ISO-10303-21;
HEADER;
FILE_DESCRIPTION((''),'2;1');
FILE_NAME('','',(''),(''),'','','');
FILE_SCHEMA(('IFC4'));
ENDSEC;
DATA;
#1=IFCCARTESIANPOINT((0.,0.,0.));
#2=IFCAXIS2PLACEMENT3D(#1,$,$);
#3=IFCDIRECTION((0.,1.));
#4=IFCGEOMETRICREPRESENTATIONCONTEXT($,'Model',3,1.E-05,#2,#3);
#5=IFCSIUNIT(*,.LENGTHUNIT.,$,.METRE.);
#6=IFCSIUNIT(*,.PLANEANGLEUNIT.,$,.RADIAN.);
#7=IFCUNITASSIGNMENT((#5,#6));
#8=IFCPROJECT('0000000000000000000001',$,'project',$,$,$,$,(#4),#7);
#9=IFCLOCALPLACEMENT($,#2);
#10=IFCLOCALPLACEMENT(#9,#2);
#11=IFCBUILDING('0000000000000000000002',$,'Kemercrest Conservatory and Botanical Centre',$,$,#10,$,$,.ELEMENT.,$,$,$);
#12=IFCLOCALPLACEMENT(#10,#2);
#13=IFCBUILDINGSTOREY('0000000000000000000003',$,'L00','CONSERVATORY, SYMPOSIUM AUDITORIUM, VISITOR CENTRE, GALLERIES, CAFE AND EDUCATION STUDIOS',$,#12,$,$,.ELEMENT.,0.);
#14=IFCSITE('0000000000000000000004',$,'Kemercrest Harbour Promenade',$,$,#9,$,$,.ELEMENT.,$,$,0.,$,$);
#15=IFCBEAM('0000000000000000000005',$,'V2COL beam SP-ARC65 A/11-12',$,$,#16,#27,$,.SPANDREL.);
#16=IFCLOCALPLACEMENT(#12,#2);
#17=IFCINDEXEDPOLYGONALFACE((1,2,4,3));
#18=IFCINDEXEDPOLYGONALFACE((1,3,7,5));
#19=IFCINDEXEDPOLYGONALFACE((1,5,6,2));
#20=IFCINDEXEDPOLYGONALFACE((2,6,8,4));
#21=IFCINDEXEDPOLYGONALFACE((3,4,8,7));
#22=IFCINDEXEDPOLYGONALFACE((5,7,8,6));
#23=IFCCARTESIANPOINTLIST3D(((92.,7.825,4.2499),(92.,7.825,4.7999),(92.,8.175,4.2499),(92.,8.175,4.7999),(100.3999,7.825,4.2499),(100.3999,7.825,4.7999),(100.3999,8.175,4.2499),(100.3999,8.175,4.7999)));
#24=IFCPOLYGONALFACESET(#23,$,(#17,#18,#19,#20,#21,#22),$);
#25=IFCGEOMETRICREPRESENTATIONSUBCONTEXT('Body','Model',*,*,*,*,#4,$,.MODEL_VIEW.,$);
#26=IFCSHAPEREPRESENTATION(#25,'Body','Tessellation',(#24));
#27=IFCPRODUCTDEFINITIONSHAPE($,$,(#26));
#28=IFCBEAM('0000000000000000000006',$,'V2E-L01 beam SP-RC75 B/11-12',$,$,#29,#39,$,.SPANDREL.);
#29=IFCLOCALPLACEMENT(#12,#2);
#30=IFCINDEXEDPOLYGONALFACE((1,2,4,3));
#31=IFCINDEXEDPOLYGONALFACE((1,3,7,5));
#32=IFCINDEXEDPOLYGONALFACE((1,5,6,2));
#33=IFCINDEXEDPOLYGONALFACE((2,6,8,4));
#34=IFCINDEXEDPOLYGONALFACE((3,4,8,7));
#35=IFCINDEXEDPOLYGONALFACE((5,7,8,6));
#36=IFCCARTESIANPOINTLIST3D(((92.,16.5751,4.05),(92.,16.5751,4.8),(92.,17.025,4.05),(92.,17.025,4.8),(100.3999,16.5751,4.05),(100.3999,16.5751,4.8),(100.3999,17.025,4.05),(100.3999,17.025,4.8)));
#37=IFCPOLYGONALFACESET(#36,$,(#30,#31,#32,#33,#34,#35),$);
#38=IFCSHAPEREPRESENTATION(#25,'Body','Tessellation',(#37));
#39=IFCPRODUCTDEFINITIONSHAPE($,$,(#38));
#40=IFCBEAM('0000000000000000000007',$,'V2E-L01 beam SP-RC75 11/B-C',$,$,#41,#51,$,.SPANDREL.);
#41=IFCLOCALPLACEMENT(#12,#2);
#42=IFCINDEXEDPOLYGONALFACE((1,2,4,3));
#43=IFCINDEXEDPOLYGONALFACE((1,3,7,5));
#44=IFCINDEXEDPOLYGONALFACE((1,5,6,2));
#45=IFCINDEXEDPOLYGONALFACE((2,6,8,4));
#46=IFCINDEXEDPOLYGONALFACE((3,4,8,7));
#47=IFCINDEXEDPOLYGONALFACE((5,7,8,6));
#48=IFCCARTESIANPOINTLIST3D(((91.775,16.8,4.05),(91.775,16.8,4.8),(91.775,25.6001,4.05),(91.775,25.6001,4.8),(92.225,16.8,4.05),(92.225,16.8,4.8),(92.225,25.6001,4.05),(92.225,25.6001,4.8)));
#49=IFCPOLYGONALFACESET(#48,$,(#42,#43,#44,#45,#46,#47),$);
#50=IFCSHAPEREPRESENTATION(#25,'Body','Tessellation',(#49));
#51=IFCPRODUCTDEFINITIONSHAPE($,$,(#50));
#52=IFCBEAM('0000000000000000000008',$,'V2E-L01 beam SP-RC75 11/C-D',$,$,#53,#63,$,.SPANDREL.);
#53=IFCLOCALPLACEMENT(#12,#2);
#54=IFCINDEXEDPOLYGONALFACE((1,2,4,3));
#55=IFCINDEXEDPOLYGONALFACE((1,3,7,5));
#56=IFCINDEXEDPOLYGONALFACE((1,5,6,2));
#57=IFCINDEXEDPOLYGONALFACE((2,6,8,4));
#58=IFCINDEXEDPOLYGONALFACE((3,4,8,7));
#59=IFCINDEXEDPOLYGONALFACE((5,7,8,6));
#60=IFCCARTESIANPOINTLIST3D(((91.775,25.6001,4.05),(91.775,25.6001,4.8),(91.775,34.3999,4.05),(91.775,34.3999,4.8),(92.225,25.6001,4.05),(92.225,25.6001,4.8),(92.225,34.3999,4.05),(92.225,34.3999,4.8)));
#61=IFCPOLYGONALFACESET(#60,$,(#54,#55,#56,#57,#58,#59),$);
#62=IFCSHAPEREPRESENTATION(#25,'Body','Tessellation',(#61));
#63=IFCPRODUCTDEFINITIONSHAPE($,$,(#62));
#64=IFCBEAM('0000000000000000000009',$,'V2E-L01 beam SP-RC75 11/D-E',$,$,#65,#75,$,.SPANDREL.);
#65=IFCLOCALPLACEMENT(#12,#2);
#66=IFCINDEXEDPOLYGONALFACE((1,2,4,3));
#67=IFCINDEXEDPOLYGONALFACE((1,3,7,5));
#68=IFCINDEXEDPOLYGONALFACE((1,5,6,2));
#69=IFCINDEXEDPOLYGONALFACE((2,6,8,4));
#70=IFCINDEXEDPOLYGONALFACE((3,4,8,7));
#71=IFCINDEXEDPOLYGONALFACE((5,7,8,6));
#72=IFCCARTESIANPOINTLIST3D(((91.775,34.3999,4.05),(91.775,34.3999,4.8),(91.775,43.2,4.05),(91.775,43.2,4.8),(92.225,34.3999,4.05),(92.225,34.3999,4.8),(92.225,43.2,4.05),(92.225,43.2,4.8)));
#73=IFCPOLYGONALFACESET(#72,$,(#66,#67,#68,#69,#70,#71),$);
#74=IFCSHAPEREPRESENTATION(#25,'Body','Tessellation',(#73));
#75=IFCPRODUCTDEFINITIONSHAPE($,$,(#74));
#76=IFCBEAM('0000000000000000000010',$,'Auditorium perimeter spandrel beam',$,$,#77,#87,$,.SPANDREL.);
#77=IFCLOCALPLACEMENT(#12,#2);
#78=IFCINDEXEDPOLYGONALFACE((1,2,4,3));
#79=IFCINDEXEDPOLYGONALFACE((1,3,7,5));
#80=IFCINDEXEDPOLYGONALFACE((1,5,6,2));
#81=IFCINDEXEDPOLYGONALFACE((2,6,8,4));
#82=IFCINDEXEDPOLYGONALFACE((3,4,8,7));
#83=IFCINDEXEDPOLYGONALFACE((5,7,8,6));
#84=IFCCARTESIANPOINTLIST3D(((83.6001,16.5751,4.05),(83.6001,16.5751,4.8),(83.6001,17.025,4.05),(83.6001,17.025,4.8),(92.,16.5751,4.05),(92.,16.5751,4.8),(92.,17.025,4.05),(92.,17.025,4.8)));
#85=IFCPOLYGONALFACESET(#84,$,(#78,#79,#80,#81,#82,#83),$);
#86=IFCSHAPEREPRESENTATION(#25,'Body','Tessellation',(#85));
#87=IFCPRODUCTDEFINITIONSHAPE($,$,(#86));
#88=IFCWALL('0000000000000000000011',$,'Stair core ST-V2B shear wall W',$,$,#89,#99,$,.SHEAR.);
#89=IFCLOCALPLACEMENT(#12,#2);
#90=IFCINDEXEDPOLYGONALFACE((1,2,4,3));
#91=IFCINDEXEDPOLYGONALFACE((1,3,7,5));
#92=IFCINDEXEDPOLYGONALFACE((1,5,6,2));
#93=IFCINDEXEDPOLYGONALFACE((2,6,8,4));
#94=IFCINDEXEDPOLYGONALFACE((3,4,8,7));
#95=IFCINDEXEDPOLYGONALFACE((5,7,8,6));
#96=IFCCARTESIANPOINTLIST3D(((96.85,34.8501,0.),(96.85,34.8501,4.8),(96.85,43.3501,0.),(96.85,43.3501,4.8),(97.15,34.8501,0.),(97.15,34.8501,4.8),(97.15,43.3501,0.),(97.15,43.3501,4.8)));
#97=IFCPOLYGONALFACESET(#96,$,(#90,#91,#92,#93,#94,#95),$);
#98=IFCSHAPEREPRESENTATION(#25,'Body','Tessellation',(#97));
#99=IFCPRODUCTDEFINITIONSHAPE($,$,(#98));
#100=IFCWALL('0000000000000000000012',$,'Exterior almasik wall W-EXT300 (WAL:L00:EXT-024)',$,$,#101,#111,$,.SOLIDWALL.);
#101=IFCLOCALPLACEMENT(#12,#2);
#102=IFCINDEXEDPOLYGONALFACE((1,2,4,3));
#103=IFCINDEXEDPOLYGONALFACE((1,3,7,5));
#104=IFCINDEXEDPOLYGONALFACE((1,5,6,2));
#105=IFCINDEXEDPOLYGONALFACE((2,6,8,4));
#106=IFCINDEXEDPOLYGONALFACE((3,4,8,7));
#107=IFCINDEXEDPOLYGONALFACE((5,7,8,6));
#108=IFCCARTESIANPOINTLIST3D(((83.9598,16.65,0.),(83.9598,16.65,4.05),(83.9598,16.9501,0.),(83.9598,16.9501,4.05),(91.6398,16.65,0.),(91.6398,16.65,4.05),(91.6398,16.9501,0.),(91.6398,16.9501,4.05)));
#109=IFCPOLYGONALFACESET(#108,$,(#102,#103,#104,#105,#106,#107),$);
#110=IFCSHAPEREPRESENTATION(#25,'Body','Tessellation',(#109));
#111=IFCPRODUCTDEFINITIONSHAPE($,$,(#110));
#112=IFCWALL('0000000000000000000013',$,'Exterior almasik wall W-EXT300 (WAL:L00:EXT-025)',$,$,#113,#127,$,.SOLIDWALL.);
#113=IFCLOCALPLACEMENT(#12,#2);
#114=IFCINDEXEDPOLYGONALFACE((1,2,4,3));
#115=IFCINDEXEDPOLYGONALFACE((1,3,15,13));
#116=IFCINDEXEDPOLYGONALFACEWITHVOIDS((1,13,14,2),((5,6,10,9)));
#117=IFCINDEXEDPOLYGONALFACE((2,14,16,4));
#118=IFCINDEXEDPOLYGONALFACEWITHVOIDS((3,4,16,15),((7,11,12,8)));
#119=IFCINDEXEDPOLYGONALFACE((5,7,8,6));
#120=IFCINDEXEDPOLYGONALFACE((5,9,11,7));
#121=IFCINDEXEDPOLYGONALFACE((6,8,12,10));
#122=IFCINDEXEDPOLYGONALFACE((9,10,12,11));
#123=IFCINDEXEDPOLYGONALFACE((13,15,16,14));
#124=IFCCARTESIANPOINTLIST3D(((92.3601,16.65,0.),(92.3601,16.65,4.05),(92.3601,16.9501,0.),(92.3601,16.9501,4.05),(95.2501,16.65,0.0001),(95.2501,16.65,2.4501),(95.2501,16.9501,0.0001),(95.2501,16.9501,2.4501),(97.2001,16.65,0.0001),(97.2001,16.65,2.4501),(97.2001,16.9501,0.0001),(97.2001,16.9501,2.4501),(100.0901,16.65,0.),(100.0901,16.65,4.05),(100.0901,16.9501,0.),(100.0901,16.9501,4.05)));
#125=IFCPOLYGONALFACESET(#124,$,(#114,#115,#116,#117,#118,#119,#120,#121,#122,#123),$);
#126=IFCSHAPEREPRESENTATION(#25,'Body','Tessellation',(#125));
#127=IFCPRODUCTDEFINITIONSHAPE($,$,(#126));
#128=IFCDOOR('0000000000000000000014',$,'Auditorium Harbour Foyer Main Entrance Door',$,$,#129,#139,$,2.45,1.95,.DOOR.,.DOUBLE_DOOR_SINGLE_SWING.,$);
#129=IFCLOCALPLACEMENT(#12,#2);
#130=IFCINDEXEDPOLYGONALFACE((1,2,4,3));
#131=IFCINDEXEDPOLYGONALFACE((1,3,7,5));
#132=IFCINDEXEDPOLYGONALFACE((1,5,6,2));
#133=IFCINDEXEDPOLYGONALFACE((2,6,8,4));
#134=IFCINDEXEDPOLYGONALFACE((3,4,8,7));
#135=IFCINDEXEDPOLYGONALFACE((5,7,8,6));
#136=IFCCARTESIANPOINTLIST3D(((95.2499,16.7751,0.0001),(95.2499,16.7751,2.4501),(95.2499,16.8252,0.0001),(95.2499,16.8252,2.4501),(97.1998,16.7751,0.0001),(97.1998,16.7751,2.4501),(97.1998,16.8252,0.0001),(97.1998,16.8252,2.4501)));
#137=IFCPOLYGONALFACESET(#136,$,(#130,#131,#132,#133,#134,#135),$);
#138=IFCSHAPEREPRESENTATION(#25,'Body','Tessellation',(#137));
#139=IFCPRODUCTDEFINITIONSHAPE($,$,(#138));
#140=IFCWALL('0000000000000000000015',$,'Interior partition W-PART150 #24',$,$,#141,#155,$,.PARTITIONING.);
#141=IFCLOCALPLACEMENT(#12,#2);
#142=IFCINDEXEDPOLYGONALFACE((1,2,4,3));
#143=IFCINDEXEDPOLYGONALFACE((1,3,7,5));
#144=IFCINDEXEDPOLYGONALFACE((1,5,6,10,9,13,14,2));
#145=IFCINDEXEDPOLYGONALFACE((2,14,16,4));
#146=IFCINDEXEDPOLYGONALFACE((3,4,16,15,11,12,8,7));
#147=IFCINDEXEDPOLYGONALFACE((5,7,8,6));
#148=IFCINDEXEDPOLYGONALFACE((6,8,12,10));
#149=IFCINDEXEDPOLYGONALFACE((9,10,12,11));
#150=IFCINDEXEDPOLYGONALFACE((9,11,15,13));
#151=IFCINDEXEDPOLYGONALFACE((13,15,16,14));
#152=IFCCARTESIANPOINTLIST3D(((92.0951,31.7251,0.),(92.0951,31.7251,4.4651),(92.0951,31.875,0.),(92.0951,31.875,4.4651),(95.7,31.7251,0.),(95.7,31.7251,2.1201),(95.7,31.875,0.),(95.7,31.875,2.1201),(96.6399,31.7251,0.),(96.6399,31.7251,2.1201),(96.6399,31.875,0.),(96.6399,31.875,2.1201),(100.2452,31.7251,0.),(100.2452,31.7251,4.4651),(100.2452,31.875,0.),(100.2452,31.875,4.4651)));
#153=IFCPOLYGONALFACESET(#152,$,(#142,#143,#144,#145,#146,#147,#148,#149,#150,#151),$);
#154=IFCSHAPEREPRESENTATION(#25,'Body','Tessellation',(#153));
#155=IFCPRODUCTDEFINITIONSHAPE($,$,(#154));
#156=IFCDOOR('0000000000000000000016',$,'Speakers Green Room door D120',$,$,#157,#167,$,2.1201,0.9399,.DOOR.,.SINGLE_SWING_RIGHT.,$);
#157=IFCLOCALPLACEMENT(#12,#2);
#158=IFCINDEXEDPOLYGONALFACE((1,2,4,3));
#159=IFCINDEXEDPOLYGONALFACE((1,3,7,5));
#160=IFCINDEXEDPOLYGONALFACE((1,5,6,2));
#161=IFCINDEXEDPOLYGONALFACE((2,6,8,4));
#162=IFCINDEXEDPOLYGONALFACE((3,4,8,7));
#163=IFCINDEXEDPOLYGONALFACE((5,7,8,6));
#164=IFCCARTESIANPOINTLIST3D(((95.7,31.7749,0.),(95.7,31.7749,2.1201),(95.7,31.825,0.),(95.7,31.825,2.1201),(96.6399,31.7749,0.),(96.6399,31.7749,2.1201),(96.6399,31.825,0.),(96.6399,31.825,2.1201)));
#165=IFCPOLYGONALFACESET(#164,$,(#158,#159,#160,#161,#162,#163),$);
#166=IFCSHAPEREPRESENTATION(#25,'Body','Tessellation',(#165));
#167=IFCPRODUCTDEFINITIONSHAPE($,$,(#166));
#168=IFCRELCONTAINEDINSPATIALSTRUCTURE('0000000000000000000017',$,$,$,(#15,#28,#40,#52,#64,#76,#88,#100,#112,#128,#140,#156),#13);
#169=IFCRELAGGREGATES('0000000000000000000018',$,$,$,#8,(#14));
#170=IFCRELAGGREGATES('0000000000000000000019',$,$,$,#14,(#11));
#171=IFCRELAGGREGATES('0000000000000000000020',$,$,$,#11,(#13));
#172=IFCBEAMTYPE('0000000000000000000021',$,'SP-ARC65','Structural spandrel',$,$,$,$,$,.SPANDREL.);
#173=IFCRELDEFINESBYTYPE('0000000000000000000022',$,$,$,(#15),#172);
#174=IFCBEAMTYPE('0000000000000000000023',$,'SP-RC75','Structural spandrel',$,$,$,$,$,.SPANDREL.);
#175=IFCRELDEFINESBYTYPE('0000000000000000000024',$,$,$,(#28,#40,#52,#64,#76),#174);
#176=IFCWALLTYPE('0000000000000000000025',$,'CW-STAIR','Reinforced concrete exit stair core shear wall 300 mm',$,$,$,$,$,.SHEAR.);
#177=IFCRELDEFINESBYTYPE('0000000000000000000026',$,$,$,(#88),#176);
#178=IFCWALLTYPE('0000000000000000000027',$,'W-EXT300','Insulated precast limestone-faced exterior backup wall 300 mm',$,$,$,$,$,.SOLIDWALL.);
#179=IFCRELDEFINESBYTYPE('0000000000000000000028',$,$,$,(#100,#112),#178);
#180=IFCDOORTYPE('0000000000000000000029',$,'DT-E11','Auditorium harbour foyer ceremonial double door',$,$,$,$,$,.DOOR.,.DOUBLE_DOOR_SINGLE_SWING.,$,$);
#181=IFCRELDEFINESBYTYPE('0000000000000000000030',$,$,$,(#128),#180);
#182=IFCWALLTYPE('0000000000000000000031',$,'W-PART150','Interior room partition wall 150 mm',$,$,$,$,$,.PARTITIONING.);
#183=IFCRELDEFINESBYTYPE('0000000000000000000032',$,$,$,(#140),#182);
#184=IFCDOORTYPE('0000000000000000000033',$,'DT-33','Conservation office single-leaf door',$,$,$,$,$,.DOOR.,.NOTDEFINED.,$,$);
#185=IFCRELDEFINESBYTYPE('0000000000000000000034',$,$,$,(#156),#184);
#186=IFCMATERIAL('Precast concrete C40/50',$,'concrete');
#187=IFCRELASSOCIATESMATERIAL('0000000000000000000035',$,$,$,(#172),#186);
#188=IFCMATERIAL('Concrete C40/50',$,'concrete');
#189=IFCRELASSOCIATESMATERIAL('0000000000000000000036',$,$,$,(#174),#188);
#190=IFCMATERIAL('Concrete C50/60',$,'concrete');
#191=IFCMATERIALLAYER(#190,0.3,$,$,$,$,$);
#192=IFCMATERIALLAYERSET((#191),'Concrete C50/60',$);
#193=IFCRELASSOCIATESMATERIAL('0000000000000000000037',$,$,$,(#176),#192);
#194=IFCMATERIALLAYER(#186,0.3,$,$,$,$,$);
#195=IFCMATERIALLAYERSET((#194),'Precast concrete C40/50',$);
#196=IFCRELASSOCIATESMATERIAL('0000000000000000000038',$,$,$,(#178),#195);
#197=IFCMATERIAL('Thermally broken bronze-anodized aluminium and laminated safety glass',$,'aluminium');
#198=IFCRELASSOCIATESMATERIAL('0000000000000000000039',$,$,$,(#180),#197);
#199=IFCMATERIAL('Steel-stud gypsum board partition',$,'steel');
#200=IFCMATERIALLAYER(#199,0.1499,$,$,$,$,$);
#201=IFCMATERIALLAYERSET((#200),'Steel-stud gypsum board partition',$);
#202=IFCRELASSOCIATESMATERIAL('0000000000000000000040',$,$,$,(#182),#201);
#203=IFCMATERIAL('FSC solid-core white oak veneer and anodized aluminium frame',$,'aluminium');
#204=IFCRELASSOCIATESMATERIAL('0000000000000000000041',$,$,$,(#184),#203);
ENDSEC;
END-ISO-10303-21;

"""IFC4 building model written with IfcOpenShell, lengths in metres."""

from ifc_helpers import new_model, si_unit, direction, frame, frame_2d, origin, origin_2d, place, context, subcontext, project, spatial, rectangle, extrude, material, layer, layer_set, material_profile, profile_set, type_object, element, fill, save


model = new_model("IFC4")

# Units and contexts
model_context = context("Model", 3, precision=1e-05, world=origin(), true_north=direction((0.0, 1.0)))
body_context = subcontext(model_context, "Body", "Model", "MODEL_VIEW")
ifc_project = project(units=[si_unit("LENGTHUNIT", "METRE"), si_unit("PLANEANGLEUNIT", "RADIAN")], contexts=[model_context])

# Site, building, storey
site_placement = place(None, origin())
site = spatial("IfcSite", under=ifc_project, at=site_placement, Name="Kemercrest Harbour Promenade", CompositionType="ELEMENT", RefElevation=0.0)
building_placement = place(site_placement, origin())
building = spatial("IfcBuilding", under=site, at=building_placement, Name="Kemercrest Conservatory and Botanical Centre", CompositionType="ELEMENT")
storey_placement = place(building_placement, origin())
storey = spatial("IfcBuildingStorey", under=building, at=storey_placement, Name="L00", Description="CONSERVATORY, SYMPOSIUM AUDITORIUM, VISITOR CENTRE, GALLERIES, CAFE AND EDUCATION STUDIOS", CompositionType="ELEMENT", Elevation=0.0)

# Shared definitions
ifc_material_1 = material(Name="Concrete C40/50", Category="concrete")
ifc_material_2 = material(Name="Concrete C50/60", Category="concrete")
ifc_material_3 = material(Name="Precast concrete C40/50", Category="concrete")

# Beams
ifc_material_profile_1 = material_profile(ifc_material_3, rectangle(XDim=0.3501, YDim=0.55, at=origin_2d()), Name="RC 350x550")
ifc_profile_set_1 = profile_set([ifc_material_profile_1], Name="Precast concrete C40/50")
beam_type_1 = type_object("IfcBeamType", Name="SP-ARC65", Description="Structural spandrel", PredefinedType="SPANDREL", material=ifc_profile_set_1)
beam_1_placement = place(storey_placement, frame((92.0, 8.0, 4.5249), z_axis=(1.0, 0.0, 0.0), x_axis=(0.0, 1.0, 0.0)))
element("IfcBeam", 1, at=beam_1_placement, inside=storey, type_object=beam_type_1, Name="V2COL beam SP-ARC65 A/11-12", PredefinedType="SPANDREL", context=body_context, shape_type="SweptSolid", body=[
    extrude(rectangle(XDim=0.3501, YDim=0.55, at=origin_2d()), origin(), (0.0, 0.0, 1.0), 8.3999),
])
ifc_material_profile_2 = material_profile(ifc_material_1, rectangle(XDim=0.45, YDim=0.75, at=origin_2d()), Name="RC 450x750")
ifc_profile_set_2 = profile_set([ifc_material_profile_2], Name="Concrete C40/50")
beam_type_2 = type_object("IfcBeamType", Name="SP-RC75", Description="Structural spandrel", PredefinedType="SPANDREL", material=ifc_profile_set_2)
beam_2_placement = place(storey_placement, frame((92.0, 16.8, 4.425), z_axis=(1.0, 0.0, 0.0), x_axis=(0.0, 1.0, 0.0)))
element("IfcBeam", 2, at=beam_2_placement, inside=storey, type_object=beam_type_2, Name="V2E-L01 beam SP-RC75 B/11-12", PredefinedType="SPANDREL", context=body_context, shape_type="SweptSolid", body=[
    extrude(rectangle(XDim=0.45, YDim=0.75, at=origin_2d()), origin(), (0.0, 0.0, 1.0), 8.3999),
])
beam_3_placement = place(storey_placement, frame((92.0, 16.8, 4.425), z_axis=(0.0, 1.0, 0.0), x_axis=(-1.0, 0.0, 0.0)))
element("IfcBeam", 3, at=beam_3_placement, inside=storey, type_object=beam_type_2, Name="V2E-L01 beam SP-RC75 11/B-C", PredefinedType="SPANDREL", context=body_context, shape_type="SweptSolid", body=[
    extrude(rectangle(XDim=0.45, YDim=0.75, at=origin_2d()), origin(), (0.0, 0.0, 1.0), 8.8),
])
beam_4_placement = place(storey_placement, frame((92.0, 25.6001, 4.425), z_axis=(0.0, 1.0, 0.0), x_axis=(-1.0, 0.0, 0.0)))
element("IfcBeam", 4, at=beam_4_placement, inside=storey, type_object=beam_type_2, Name="V2E-L01 beam SP-RC75 11/C-D", PredefinedType="SPANDREL", context=body_context, shape_type="SweptSolid", body=[
    extrude(rectangle(XDim=0.45, YDim=0.75, at=origin_2d()), origin(), (0.0, 0.0, 1.0), 8.7998),
])
beam_5_placement = place(storey_placement, frame((92.0, 34.3999, 4.425), z_axis=(0.0, 1.0, 0.0), x_axis=(-1.0, 0.0, 0.0)))
element("IfcBeam", 5, at=beam_5_placement, inside=storey, type_object=beam_type_2, Name="V2E-L01 beam SP-RC75 11/D-E", PredefinedType="SPANDREL", context=body_context, shape_type="SweptSolid", body=[
    extrude(rectangle(XDim=0.45, YDim=0.75, at=origin_2d()), origin(), (0.0, 0.0, 1.0), 8.8),
])
beam_6_placement = place(storey_placement, frame((83.6001, 16.8, 4.425), z_axis=(1.0, 0.0, 0.0), x_axis=(0.0, 1.0, 0.0)))
element("IfcBeam", 6, at=beam_6_placement, inside=storey, type_object=beam_type_2, Name="Auditorium perimeter spandrel beam", PredefinedType="SPANDREL", context=body_context, shape_type="SweptSolid", body=[
    extrude(rectangle(XDim=0.45, YDim=0.75, at=origin_2d()), origin(), (0.0, 0.0, 1.0), 8.3999),
])

# Walls
ifc_layer_1 = layer(ifc_material_2, 0.3)
ifc_layer_set_1 = layer_set([ifc_layer_1], Name="Concrete C50/60")
wall_type_1 = type_object("IfcWallType", Name="CW-STAIR", Description="Reinforced concrete exit stair core shear wall 300 mm", PredefinedType="SHEAR", material=ifc_layer_set_1)
wall_1_placement = place(storey_placement, frame((97.0, 34.8501, 0.0), z_axis=(0.0, 0.0, 1.0), x_axis=(0.0, 1.0, 0.0)))
element("IfcWall", 7, at=wall_1_placement, inside=storey, type_object=wall_type_1, Name="Stair core ST-V2B shear wall W", PredefinedType="SHEAR", context=body_context, shape_type="SweptSolid", body=[
    extrude(rectangle(XDim=8.5, YDim=0.3, at=frame_2d((4.25, 0.0))), origin(), (0.0, 0.0, 1.0), 4.8),
])
ifc_layer_2 = layer(ifc_material_3, 0.3)
ifc_layer_set_2 = layer_set([ifc_layer_2], Name="Precast concrete C40/50")
wall_type_2 = type_object("IfcWallType", Name="W-EXT300", Description="Insulated precast limestone-faced exterior backup wall 300 mm", PredefinedType="SOLIDWALL", material=ifc_layer_set_2)
wall_2_placement = place(storey_placement, frame((83.96, 16.8, 0.0), z_axis=(0.0, 0.0, 1.0), x_axis=(1.0, 0.0, 0.0)))
element("IfcWall", 8, at=wall_2_placement, inside=storey, type_object=wall_type_2, Name="Exterior almasik wall W-EXT300 (WAL:L00:EXT-024)", PredefinedType="SOLIDWALL", context=body_context, shape_type="SweptSolid", body=[
    extrude(rectangle(XDim=7.6799, YDim=0.3, at=frame_2d((3.8398, 0.0))), origin(), (0.0, 0.0, 1.0), 4.05),
])

# Walls, openings, doors
wall_3_placement = place(storey_placement, frame((92.3601, 16.8, 0.0), z_axis=(0.0, 0.0, 1.0), x_axis=(1.0, 0.0, 0.0)))
wall_3 = element("IfcWall", 9, at=wall_3_placement, inside=storey, type_object=wall_type_2, Name="Exterior almasik wall W-EXT300 (WAL:L00:EXT-025)", PredefinedType="SOLIDWALL", context=body_context, shape_type="SweptSolid", body=[
    extrude(rectangle(XDim=7.73, YDim=0.3, at=frame_2d((3.865, 0.0))), origin(), (0.0, 0.0, 1.0), 4.05),
])
opening_1_placement = place(wall_3_placement, frame((2.8899, 0.0, 0.0)))
opening_1 = element("IfcOpeningElement", 10, at=opening_1_placement, cuts=wall_3, PredefinedType="OPENING", context=body_context, shape_type="SweptSolid", body=[
    extrude(rectangle(XDim=1.95, YDim=2.45, at=frame_2d((0.9751, 1.2251))), frame((0.0, 0.1602, 0.0), z_axis=(0.0, -1.0, 0.0), x_axis=(1.0, 0.0, 0.0)), (0.0, 0.0, 1.0), 0.3201),
])
ifc_material_4 = material(Name="Thermally broken bronze-anodized aluminium and laminated safety glass", Category="aluminium")
door_type_1 = type_object("IfcDoorType", Name="DT-E11", Description="Auditorium harbour foyer ceremonial double door", OperationType="DOUBLE_DOOR_SINGLE_SWING", PredefinedType="DOOR", material=ifc_material_4)
door_1_placement = place(opening_1_placement, frame((1.95, 0.0, 0.0), z_axis=(0.0, 0.0, 1.0), x_axis=(-1.0, 0.0, 0.0)))
door_1 = element("IfcDoor", 11, at=door_1_placement, inside=storey, type_object=door_type_1, Name="Auditorium Harbour Foyer Main Entrance Door", OperationType="DOUBLE_DOOR_SINGLE_SWING", OverallHeight=2.45, OverallWidth=1.95, PredefinedType="DOOR", context=body_context, shape_type="SweptSolid", body=[
    extrude(rectangle(XDim=1.95, YDim=2.45, at=frame_2d((0.9751, 1.2251))), frame((0.0, 0.0249, 0.0), z_axis=(0.0, -1.0, 0.0), x_axis=(1.0, 0.0, 0.0)), (0.0, 0.0, 1.0), 0.05),
])
fill(opening_1, door_1)
ifc_material_5 = material(Name="Steel-stud gypsum board partition", Category="steel")
ifc_layer_3 = layer(ifc_material_5, 0.1499)
ifc_layer_set_3 = layer_set([ifc_layer_3], Name="Steel-stud gypsum board partition")
wall_type_3 = type_object("IfcWallType", Name="W-PART150", Description="Interior room partition wall 150 mm", PredefinedType="PARTITIONING", material=ifc_layer_set_3)
wall_4_placement = place(storey_placement, frame((92.095, 31.8, 0.0), z_axis=(0.0, 0.0, 1.0), x_axis=(1.0, 0.0, 0.0)))
wall_4 = element("IfcWall", 12, at=wall_4_placement, inside=storey, type_object=wall_type_3, Name="Interior partition W-PART150 #24", PredefinedType="PARTITIONING", context=body_context, shape_type="SweptSolid", body=[
    extrude(rectangle(XDim=8.1501, YDim=0.1499, at=frame_2d((4.0752, 0.0))), origin(), (0.0, 0.0, 1.0), 4.4651),
])
opening_2_placement = place(wall_4_placement, frame((3.605, 0.0, 0.0)))
opening_2 = element("IfcOpeningElement", 13, at=opening_2_placement, cuts=wall_4, PredefinedType="OPENING", context=body_context, shape_type="SweptSolid", body=[
    extrude(rectangle(XDim=0.9399, YDim=2.1201, at=frame_2d((0.47, 1.0601))), frame((0.0, 0.085, 0.0), z_axis=(0.0, -1.0, 0.0), x_axis=(1.0, 0.0, 0.0)), (0.0, 0.0, 1.0), 0.1699),
])
ifc_material_6 = material(Name="FSC solid-core white oak veneer and anodized aluminium frame", Category="aluminium")
door_type_2 = type_object("IfcDoorType", Name="DT-33", Description="Conservation office single-leaf door", OperationType="NOTDEFINED", PredefinedType="DOOR", material=ifc_material_6)
door_2_placement = place(opening_2_placement, origin())
door_2 = element("IfcDoor", 14, at=door_2_placement, inside=storey, type_object=door_type_2, Name="Speakers Green Room door D120", OperationType="SINGLE_SWING_RIGHT", OverallHeight=2.1201, OverallWidth=0.9399, PredefinedType="DOOR", context=body_context, shape_type="SweptSolid", body=[
    extrude(rectangle(XDim=0.9399, YDim=2.1201, at=frame_2d((0.47, 1.0601))), frame((0.0, 0.0249, 0.0), z_axis=(0.0, -1.0, 0.0), x_axis=(1.0, 0.0, 0.0)), (0.0, 0.0, 1.0), 0.05),
])
fill(opening_2, door_2)

save(model, "model.ifc")
